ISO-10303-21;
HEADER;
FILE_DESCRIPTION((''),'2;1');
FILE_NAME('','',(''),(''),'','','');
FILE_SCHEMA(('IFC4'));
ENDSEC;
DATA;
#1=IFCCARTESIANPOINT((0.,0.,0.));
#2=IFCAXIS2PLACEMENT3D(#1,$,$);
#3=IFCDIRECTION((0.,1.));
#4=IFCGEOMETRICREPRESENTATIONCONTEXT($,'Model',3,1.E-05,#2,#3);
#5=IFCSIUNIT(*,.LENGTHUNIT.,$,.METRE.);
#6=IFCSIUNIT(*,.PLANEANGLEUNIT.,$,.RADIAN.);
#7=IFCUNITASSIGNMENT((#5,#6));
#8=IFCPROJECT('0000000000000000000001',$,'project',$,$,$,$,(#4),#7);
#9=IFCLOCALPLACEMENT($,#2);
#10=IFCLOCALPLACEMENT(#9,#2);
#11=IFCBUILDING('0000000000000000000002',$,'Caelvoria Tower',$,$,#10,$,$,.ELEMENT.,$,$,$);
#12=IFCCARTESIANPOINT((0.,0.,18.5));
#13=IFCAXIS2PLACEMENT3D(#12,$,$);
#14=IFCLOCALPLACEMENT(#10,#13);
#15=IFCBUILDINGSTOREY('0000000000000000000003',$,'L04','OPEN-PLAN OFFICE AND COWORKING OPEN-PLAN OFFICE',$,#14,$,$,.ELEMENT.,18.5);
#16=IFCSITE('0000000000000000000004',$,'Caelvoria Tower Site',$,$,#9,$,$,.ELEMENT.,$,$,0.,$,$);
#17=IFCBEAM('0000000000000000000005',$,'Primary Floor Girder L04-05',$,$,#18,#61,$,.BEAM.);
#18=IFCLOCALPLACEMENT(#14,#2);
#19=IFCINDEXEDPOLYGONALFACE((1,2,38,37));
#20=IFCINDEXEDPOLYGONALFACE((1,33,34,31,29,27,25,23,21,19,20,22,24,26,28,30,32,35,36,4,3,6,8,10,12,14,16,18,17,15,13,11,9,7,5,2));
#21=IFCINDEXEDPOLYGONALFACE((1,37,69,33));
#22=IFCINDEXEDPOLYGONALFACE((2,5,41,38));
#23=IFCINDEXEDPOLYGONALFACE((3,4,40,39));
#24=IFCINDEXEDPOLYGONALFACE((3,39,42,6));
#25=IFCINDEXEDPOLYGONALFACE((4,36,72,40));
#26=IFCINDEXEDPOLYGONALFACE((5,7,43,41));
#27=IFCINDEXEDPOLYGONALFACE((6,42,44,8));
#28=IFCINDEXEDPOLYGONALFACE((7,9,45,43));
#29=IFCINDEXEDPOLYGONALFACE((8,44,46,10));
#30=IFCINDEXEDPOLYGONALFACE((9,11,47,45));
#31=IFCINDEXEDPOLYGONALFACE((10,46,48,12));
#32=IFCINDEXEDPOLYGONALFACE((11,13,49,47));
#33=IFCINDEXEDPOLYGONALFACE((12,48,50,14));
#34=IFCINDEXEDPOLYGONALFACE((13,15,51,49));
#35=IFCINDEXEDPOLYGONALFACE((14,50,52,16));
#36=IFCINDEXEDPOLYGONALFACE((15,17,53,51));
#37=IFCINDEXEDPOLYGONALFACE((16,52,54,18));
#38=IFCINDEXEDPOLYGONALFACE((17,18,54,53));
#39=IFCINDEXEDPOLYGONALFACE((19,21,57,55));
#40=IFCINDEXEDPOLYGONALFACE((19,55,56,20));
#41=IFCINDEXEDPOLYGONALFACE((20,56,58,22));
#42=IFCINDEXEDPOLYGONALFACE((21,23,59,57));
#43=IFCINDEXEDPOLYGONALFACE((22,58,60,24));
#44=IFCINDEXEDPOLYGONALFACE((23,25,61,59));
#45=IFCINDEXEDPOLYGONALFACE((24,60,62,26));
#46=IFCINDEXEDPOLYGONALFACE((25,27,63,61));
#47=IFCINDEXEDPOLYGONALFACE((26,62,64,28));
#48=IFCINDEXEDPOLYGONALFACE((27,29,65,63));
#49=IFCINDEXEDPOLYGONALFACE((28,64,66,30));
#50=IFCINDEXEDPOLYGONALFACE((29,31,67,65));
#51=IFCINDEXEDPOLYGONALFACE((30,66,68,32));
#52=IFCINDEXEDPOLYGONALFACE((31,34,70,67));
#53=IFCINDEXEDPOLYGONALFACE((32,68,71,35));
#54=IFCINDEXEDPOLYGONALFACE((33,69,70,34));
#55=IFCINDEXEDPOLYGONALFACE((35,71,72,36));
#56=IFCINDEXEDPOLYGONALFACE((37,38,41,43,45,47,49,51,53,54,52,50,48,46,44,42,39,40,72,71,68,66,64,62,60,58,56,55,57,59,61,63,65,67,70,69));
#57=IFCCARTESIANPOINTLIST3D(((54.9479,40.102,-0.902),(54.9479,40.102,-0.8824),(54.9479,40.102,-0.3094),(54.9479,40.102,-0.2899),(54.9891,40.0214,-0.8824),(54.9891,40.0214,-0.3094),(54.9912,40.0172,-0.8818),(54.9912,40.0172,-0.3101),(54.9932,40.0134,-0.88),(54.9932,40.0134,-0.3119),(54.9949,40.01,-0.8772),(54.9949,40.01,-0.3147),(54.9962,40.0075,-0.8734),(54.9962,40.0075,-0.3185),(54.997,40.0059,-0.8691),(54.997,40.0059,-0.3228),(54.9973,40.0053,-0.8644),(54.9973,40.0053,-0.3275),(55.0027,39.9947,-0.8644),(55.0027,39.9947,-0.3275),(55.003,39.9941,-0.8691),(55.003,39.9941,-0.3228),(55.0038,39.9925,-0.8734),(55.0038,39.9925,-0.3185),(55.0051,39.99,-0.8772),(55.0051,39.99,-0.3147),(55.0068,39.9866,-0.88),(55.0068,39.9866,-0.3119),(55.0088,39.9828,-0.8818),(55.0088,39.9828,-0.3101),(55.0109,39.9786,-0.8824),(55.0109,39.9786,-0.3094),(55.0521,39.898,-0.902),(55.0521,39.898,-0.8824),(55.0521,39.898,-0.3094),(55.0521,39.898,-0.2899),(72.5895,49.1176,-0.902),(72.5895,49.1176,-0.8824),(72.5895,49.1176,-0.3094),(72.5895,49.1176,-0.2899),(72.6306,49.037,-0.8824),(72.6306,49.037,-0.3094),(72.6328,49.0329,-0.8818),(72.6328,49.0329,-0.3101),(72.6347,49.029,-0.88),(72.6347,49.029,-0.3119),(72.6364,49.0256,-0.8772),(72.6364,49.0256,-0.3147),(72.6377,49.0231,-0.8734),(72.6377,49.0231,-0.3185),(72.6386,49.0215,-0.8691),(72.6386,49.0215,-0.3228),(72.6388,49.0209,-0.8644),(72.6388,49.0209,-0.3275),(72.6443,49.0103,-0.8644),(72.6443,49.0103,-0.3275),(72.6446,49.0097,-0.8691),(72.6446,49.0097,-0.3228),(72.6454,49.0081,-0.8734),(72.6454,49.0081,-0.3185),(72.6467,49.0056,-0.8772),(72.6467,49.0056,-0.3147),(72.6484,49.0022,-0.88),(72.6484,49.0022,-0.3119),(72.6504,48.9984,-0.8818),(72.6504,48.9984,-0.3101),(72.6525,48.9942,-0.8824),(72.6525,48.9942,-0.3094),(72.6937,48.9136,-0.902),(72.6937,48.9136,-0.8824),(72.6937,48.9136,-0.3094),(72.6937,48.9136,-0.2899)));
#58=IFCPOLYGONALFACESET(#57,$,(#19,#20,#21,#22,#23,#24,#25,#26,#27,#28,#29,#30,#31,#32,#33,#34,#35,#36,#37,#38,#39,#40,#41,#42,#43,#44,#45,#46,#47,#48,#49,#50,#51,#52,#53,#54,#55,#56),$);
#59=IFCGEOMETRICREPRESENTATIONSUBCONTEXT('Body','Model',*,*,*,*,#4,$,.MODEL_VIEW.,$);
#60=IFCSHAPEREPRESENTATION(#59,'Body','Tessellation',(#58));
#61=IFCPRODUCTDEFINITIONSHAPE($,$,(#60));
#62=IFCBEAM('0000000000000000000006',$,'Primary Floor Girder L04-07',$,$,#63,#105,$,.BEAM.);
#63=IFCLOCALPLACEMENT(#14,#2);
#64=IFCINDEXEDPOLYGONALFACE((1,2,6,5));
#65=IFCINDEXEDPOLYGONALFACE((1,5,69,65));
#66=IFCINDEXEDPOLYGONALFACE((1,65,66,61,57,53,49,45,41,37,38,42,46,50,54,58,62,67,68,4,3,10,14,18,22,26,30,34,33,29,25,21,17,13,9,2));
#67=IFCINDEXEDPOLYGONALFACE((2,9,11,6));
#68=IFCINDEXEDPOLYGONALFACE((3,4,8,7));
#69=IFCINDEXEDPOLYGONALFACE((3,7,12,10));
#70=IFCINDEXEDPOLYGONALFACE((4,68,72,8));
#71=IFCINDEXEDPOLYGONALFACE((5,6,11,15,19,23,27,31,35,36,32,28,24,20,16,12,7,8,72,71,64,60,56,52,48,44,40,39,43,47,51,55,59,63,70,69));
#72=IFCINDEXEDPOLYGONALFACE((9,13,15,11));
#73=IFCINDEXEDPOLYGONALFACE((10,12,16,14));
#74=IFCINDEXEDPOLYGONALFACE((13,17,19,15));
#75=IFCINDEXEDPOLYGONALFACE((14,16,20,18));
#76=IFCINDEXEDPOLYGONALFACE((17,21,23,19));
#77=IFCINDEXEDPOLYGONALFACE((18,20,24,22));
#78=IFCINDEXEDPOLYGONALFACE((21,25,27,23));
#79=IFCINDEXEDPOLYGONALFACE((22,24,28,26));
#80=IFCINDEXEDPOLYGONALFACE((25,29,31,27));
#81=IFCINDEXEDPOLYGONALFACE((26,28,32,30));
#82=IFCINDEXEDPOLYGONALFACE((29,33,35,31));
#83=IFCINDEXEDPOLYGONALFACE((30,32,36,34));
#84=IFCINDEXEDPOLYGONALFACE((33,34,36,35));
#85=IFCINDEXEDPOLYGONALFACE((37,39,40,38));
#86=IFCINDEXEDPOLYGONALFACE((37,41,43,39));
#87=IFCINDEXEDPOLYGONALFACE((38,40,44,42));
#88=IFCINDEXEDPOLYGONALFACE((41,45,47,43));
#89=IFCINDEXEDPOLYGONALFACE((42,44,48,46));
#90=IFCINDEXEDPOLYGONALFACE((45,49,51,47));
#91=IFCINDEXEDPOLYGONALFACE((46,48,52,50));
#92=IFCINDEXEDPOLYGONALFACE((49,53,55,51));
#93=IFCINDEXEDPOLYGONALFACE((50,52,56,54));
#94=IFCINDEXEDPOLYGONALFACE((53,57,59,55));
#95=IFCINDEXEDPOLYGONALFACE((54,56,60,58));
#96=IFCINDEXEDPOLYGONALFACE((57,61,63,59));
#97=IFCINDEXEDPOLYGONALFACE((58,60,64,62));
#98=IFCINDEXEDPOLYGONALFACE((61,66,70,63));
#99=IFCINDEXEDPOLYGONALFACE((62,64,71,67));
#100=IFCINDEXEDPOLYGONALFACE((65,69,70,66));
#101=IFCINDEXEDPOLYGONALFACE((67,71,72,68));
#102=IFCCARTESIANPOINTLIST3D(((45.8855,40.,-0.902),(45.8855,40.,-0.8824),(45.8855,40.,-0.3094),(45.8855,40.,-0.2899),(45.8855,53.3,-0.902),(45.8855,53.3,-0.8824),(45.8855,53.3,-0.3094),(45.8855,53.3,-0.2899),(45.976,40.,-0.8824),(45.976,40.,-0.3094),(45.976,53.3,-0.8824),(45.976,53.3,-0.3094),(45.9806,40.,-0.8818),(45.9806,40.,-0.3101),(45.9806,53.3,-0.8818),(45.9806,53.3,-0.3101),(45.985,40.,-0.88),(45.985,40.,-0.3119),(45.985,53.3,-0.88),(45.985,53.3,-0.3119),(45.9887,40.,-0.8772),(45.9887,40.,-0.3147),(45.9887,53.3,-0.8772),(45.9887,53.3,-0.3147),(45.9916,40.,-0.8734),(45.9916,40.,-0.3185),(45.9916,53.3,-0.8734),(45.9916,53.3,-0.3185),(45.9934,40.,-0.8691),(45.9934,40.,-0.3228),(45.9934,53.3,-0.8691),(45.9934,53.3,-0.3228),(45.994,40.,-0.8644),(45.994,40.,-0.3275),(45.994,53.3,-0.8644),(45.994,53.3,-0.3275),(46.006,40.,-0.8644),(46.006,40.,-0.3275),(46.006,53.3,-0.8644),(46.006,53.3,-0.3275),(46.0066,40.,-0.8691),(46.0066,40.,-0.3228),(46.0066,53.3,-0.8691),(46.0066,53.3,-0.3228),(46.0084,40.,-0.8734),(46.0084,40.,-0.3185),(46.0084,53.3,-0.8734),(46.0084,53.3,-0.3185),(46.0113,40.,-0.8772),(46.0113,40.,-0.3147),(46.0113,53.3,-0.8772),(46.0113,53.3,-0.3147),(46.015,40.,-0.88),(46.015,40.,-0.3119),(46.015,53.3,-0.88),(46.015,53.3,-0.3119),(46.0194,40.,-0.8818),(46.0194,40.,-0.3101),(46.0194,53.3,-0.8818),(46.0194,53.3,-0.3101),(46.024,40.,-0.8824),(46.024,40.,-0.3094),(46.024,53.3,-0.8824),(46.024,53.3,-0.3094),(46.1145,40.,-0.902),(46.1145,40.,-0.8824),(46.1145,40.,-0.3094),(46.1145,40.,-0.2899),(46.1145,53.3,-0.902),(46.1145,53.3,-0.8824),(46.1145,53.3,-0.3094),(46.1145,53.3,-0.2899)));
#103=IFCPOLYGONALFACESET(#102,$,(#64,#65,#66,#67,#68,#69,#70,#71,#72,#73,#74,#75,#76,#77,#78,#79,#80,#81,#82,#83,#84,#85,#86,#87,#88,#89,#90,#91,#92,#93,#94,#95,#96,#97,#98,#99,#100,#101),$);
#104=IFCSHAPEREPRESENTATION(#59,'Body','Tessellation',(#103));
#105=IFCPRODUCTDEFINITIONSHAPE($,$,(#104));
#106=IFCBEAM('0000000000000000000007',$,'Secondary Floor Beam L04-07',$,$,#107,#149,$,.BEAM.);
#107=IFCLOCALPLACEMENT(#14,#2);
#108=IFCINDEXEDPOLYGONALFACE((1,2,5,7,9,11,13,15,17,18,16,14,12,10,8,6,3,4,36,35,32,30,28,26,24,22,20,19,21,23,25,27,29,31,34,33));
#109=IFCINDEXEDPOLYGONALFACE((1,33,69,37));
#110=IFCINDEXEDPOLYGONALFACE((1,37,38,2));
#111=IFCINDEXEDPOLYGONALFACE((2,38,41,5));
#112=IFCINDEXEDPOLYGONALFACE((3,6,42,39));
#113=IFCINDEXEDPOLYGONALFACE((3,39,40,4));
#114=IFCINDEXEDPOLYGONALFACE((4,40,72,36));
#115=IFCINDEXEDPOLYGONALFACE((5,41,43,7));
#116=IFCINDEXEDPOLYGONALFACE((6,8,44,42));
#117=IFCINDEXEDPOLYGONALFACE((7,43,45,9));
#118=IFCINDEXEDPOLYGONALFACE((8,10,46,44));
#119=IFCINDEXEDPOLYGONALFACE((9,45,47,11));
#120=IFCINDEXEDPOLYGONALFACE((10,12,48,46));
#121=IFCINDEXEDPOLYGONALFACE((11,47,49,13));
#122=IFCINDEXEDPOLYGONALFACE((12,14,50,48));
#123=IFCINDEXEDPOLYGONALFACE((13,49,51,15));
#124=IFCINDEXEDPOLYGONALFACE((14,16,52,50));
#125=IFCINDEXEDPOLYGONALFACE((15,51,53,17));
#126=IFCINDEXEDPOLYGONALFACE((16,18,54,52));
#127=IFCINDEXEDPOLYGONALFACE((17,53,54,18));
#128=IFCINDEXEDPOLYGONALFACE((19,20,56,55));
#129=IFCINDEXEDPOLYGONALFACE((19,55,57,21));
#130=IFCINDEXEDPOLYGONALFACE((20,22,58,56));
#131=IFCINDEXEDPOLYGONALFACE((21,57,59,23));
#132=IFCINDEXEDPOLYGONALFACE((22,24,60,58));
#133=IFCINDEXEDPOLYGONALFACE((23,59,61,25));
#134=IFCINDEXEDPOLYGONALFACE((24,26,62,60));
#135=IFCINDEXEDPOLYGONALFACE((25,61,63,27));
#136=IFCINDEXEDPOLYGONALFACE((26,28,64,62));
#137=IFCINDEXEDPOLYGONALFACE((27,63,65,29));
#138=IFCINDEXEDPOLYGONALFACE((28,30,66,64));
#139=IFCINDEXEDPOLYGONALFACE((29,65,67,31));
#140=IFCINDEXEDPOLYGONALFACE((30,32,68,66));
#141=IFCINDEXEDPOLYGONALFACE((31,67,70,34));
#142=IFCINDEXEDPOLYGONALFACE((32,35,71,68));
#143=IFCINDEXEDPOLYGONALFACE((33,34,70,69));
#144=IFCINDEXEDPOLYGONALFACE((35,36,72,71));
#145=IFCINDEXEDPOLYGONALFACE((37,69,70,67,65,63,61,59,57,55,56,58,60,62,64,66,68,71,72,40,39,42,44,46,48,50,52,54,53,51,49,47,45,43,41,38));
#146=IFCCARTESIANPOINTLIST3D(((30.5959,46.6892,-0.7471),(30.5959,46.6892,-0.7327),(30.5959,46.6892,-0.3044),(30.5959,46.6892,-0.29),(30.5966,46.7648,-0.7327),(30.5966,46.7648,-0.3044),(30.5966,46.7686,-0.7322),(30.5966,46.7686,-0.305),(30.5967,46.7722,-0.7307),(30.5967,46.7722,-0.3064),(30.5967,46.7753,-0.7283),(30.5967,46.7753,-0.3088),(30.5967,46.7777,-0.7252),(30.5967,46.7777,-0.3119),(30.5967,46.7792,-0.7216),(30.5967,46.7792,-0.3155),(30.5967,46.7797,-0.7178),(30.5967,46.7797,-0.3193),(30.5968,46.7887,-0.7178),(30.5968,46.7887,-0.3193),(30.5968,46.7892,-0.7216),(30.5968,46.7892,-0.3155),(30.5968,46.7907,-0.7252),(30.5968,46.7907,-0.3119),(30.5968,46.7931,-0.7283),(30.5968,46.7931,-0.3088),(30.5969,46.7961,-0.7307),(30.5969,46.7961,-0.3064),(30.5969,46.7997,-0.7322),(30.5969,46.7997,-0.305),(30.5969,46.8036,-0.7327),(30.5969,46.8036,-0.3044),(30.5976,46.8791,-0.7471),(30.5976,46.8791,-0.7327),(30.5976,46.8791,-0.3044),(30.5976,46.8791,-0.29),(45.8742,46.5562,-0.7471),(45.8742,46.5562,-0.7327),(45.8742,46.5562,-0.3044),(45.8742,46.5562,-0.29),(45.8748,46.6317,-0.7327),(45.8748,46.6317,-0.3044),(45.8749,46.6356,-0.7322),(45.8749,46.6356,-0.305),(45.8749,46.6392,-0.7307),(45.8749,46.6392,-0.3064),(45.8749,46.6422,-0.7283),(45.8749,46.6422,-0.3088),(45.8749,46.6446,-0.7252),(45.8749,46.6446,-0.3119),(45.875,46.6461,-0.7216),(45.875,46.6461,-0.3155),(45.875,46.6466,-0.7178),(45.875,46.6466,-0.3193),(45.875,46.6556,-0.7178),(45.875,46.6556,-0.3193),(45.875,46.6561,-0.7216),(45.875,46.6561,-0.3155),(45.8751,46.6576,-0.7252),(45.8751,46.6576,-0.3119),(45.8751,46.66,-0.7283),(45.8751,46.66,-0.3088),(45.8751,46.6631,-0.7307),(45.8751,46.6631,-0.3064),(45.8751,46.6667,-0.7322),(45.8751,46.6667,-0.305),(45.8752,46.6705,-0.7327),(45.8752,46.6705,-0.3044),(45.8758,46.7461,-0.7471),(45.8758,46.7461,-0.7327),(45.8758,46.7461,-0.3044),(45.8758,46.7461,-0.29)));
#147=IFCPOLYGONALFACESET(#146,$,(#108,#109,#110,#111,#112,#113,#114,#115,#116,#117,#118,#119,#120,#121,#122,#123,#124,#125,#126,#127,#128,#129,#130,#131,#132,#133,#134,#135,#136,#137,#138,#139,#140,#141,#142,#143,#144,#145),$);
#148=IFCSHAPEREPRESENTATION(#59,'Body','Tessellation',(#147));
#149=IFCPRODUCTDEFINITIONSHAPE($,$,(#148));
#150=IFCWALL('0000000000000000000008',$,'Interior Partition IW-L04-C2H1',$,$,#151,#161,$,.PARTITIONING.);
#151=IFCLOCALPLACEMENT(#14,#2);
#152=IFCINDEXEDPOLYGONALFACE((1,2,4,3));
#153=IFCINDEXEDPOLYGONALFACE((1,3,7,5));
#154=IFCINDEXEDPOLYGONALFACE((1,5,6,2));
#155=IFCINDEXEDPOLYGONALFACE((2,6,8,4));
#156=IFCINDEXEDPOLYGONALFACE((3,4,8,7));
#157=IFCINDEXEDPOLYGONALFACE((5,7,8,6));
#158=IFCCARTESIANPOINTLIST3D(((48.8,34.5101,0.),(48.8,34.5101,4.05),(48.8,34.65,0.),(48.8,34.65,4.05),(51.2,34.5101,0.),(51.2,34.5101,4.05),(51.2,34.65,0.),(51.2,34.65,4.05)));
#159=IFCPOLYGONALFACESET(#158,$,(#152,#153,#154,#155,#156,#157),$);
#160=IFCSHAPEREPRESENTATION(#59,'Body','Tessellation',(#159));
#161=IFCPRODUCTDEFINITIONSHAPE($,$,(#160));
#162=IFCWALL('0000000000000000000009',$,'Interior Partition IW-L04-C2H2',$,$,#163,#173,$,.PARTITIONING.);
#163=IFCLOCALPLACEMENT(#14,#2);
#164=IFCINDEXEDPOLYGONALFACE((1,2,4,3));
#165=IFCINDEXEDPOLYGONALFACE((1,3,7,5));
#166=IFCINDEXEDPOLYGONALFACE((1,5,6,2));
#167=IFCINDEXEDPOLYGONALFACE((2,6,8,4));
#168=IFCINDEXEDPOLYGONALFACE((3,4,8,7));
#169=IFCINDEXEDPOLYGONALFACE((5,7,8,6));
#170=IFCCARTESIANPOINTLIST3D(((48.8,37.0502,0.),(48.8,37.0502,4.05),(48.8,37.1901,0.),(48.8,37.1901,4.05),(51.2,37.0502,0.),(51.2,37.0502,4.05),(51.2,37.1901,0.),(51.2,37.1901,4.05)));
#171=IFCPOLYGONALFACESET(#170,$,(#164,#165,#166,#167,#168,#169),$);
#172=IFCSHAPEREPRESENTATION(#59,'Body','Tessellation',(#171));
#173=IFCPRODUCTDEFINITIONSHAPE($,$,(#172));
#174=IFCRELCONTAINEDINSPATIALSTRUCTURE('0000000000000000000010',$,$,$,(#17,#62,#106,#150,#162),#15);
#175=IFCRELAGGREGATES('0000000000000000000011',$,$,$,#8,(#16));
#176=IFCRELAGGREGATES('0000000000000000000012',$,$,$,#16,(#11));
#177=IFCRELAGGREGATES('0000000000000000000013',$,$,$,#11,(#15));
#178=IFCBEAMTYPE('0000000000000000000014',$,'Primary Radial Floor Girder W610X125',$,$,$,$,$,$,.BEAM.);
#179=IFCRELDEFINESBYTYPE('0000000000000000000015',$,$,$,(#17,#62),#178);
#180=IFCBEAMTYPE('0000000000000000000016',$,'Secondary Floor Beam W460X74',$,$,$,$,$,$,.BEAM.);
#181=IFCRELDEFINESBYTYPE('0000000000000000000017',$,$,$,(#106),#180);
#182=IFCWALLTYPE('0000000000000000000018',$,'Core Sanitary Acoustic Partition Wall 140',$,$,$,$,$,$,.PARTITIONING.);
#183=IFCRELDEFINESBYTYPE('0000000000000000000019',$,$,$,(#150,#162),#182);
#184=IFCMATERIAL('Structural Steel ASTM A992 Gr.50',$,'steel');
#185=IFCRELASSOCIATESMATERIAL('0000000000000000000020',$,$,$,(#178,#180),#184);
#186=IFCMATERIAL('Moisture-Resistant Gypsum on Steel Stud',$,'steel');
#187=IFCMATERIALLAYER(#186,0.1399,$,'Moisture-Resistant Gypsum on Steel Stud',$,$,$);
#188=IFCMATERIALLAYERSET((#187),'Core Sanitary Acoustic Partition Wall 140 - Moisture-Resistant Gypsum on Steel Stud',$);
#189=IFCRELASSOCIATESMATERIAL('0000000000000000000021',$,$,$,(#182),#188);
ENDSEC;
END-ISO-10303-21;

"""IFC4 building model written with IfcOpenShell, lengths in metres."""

from ifc_helpers import new_model, si_unit, direction, frame, frame_2d, origin, origin_2d, place, context, subcontext, project, spatial, rectangle, i_section, extrude, material, layer, layer_set, material_profile, profile_set, type_object, element, save


model = new_model("IFC4")

# Units and contexts
model_context = context("Model", 3, precision=1e-05, world=origin(), true_north=direction((0.0, 1.0)))
body_context = subcontext(model_context, "Body", "Model", "MODEL_VIEW")
ifc_project = project(units=[si_unit("LENGTHUNIT", "METRE"), si_unit("PLANEANGLEUNIT", "RADIAN")], contexts=[model_context])

# Site, building, storey
site_placement = place(None, origin())
site = spatial("IfcSite", under=ifc_project, at=site_placement, Name="Caelvoria Tower Site", CompositionType="ELEMENT", RefElevation=0.0)
building_placement = place(site_placement, origin())
building = spatial("IfcBuilding", under=site, at=building_placement, Name="Caelvoria Tower", CompositionType="ELEMENT")
storey_placement = place(building_placement, frame((0.0, 0.0, 18.5)))
storey = spatial("IfcBuildingStorey", under=building, at=storey_placement, Name="L04", Description="OPEN-PLAN OFFICE AND COWORKING OPEN-PLAN OFFICE", CompositionType="ELEMENT", Elevation=18.5)

# Beams
ifc_material_1 = material(Name="Structural Steel ASTM A992 Gr.50", Category="steel")
ifc_material_profile_1 = material_profile(ifc_material_1, i_section(OverallWidth=0.229, OverallDepth=0.6121, WebThickness=0.012, FlangeThickness=0.0195, FilletRadius=0.0181, at=origin_2d()), Name="Structural Steel ASTM A992 Gr.50")
ifc_profile_set_1 = profile_set([ifc_material_profile_1], Name="W610X125 - Structural Steel ASTM A992 Gr.50")
beam_type_1 = type_object("IfcBeamType", Name="Primary Radial Floor Girder W610X125", PredefinedType="BEAM", material=ifc_profile_set_1)
beam_1_placement = place(storey_placement, frame((55.0, 40.0, -0.5959), z_axis=(0.890459, 0.455063, 0.0), x_axis=(-0.455063, 0.890459, 0.0)))
element("IfcBeam", 1, at=beam_1_placement, inside=storey, type_object=beam_type_1, Name="Primary Floor Girder L04-05", PredefinedType="BEAM", context=body_context, shape_type="SweptSolid", body=[
    extrude(i_section(OverallWidth=0.229, OverallDepth=0.6121, WebThickness=0.012, FlangeThickness=0.0195, FilletRadius=0.0181, at=origin_2d()), origin(), (0.0, 0.0, 1.0), 19.8118),
])
beam_2_placement = place(storey_placement, frame((46.0, 40.0, -0.5959), z_axis=(0.0, 1.0, 0.0), x_axis=(-1.0, 0.0, 0.0)))
element("IfcBeam", 2, at=beam_2_placement, inside=storey, type_object=beam_type_1, Name="Primary Floor Girder L04-07", PredefinedType="BEAM", context=body_context, shape_type="SweptSolid", body=[
    extrude(i_section(OverallWidth=0.229, OverallDepth=0.6121, WebThickness=0.012, FlangeThickness=0.0195, FilletRadius=0.0181, at=origin_2d()), origin(), (0.0, 0.0, 1.0), 13.3),
])
ifc_material_profile_2 = material_profile(ifc_material_1, i_section(OverallWidth=0.1899, OverallDepth=0.457, WebThickness=0.009, FlangeThickness=0.0144, FilletRadius=0.0149, at=origin_2d()), Name="Structural Steel ASTM A992 Gr.50")
ifc_profile_set_2 = profile_set([ifc_material_profile_2], Name="W460X74 - Structural Steel ASTM A992 Gr.50")
beam_type_2 = type_object("IfcBeamType", Name="Secondary Floor Beam W460X74", PredefinedType="BEAM", material=ifc_profile_set_2)
beam_3_placement = place(storey_placement, frame((45.875, 46.6511, -0.5186), z_axis=(-0.999962, 0.008709, 0.0), x_axis=(-0.008709, -0.999962, 0.0)))
element("IfcBeam", 3, at=beam_3_placement, inside=storey, type_object=beam_type_2, Name="Secondary Floor Beam L04-07", PredefinedType="BEAM", context=body_context, shape_type="SweptSolid", body=[
    extrude(i_section(OverallWidth=0.1899, OverallDepth=0.457, WebThickness=0.009, FlangeThickness=0.0144, FilletRadius=0.0149, at=origin_2d()), origin(), (0.0, 0.0, 1.0), 15.2788),
])

# Shared definitions
ifc_material_2 = material(Name="Moisture-Resistant Gypsum on Steel Stud", Category="steel")
ifc_layer_1 = layer(ifc_material_2, 0.1399, Name="Moisture-Resistant Gypsum on Steel Stud")
ifc_layer_set_1 = layer_set([ifc_layer_1], Name="Core Sanitary Acoustic Partition Wall 140 - Moisture-Resistant Gypsum on Steel Stud")
wall_type_1 = type_object("IfcWallType", Name="Core Sanitary Acoustic Partition Wall 140", PredefinedType="PARTITIONING", material=ifc_layer_set_1)

# Walls
for number, where, z_axis, x_axis, name in (
    (4, (48.8, 34.5801, 0.0), (0.0, 0.0, 1.0), (1.0, 0.0, 0.0), "Interior Partition IW-L04-C2H1"),
    (5, (48.8, 37.1201, 0.0), (0.0, 0.0, 1.0), (1.0, 0.0, 0.0), "Interior Partition IW-L04-C2H2"),
):
    element("IfcWall", number, at=place(storey_placement, frame(where, z_axis=z_axis, x_axis=x_axis)), inside=storey, type_object=wall_type_1, Name=name, PredefinedType="PARTITIONING", context=body_context, shape_type="SweptSolid", body=[
        extrude(rectangle(XDim=2.3999, YDim=0.1399, at=frame_2d((1.2, 0.0))), origin(), (0.0, 0.0, 1.0), 4.05),
    ])

save(model, "model.ifc")
